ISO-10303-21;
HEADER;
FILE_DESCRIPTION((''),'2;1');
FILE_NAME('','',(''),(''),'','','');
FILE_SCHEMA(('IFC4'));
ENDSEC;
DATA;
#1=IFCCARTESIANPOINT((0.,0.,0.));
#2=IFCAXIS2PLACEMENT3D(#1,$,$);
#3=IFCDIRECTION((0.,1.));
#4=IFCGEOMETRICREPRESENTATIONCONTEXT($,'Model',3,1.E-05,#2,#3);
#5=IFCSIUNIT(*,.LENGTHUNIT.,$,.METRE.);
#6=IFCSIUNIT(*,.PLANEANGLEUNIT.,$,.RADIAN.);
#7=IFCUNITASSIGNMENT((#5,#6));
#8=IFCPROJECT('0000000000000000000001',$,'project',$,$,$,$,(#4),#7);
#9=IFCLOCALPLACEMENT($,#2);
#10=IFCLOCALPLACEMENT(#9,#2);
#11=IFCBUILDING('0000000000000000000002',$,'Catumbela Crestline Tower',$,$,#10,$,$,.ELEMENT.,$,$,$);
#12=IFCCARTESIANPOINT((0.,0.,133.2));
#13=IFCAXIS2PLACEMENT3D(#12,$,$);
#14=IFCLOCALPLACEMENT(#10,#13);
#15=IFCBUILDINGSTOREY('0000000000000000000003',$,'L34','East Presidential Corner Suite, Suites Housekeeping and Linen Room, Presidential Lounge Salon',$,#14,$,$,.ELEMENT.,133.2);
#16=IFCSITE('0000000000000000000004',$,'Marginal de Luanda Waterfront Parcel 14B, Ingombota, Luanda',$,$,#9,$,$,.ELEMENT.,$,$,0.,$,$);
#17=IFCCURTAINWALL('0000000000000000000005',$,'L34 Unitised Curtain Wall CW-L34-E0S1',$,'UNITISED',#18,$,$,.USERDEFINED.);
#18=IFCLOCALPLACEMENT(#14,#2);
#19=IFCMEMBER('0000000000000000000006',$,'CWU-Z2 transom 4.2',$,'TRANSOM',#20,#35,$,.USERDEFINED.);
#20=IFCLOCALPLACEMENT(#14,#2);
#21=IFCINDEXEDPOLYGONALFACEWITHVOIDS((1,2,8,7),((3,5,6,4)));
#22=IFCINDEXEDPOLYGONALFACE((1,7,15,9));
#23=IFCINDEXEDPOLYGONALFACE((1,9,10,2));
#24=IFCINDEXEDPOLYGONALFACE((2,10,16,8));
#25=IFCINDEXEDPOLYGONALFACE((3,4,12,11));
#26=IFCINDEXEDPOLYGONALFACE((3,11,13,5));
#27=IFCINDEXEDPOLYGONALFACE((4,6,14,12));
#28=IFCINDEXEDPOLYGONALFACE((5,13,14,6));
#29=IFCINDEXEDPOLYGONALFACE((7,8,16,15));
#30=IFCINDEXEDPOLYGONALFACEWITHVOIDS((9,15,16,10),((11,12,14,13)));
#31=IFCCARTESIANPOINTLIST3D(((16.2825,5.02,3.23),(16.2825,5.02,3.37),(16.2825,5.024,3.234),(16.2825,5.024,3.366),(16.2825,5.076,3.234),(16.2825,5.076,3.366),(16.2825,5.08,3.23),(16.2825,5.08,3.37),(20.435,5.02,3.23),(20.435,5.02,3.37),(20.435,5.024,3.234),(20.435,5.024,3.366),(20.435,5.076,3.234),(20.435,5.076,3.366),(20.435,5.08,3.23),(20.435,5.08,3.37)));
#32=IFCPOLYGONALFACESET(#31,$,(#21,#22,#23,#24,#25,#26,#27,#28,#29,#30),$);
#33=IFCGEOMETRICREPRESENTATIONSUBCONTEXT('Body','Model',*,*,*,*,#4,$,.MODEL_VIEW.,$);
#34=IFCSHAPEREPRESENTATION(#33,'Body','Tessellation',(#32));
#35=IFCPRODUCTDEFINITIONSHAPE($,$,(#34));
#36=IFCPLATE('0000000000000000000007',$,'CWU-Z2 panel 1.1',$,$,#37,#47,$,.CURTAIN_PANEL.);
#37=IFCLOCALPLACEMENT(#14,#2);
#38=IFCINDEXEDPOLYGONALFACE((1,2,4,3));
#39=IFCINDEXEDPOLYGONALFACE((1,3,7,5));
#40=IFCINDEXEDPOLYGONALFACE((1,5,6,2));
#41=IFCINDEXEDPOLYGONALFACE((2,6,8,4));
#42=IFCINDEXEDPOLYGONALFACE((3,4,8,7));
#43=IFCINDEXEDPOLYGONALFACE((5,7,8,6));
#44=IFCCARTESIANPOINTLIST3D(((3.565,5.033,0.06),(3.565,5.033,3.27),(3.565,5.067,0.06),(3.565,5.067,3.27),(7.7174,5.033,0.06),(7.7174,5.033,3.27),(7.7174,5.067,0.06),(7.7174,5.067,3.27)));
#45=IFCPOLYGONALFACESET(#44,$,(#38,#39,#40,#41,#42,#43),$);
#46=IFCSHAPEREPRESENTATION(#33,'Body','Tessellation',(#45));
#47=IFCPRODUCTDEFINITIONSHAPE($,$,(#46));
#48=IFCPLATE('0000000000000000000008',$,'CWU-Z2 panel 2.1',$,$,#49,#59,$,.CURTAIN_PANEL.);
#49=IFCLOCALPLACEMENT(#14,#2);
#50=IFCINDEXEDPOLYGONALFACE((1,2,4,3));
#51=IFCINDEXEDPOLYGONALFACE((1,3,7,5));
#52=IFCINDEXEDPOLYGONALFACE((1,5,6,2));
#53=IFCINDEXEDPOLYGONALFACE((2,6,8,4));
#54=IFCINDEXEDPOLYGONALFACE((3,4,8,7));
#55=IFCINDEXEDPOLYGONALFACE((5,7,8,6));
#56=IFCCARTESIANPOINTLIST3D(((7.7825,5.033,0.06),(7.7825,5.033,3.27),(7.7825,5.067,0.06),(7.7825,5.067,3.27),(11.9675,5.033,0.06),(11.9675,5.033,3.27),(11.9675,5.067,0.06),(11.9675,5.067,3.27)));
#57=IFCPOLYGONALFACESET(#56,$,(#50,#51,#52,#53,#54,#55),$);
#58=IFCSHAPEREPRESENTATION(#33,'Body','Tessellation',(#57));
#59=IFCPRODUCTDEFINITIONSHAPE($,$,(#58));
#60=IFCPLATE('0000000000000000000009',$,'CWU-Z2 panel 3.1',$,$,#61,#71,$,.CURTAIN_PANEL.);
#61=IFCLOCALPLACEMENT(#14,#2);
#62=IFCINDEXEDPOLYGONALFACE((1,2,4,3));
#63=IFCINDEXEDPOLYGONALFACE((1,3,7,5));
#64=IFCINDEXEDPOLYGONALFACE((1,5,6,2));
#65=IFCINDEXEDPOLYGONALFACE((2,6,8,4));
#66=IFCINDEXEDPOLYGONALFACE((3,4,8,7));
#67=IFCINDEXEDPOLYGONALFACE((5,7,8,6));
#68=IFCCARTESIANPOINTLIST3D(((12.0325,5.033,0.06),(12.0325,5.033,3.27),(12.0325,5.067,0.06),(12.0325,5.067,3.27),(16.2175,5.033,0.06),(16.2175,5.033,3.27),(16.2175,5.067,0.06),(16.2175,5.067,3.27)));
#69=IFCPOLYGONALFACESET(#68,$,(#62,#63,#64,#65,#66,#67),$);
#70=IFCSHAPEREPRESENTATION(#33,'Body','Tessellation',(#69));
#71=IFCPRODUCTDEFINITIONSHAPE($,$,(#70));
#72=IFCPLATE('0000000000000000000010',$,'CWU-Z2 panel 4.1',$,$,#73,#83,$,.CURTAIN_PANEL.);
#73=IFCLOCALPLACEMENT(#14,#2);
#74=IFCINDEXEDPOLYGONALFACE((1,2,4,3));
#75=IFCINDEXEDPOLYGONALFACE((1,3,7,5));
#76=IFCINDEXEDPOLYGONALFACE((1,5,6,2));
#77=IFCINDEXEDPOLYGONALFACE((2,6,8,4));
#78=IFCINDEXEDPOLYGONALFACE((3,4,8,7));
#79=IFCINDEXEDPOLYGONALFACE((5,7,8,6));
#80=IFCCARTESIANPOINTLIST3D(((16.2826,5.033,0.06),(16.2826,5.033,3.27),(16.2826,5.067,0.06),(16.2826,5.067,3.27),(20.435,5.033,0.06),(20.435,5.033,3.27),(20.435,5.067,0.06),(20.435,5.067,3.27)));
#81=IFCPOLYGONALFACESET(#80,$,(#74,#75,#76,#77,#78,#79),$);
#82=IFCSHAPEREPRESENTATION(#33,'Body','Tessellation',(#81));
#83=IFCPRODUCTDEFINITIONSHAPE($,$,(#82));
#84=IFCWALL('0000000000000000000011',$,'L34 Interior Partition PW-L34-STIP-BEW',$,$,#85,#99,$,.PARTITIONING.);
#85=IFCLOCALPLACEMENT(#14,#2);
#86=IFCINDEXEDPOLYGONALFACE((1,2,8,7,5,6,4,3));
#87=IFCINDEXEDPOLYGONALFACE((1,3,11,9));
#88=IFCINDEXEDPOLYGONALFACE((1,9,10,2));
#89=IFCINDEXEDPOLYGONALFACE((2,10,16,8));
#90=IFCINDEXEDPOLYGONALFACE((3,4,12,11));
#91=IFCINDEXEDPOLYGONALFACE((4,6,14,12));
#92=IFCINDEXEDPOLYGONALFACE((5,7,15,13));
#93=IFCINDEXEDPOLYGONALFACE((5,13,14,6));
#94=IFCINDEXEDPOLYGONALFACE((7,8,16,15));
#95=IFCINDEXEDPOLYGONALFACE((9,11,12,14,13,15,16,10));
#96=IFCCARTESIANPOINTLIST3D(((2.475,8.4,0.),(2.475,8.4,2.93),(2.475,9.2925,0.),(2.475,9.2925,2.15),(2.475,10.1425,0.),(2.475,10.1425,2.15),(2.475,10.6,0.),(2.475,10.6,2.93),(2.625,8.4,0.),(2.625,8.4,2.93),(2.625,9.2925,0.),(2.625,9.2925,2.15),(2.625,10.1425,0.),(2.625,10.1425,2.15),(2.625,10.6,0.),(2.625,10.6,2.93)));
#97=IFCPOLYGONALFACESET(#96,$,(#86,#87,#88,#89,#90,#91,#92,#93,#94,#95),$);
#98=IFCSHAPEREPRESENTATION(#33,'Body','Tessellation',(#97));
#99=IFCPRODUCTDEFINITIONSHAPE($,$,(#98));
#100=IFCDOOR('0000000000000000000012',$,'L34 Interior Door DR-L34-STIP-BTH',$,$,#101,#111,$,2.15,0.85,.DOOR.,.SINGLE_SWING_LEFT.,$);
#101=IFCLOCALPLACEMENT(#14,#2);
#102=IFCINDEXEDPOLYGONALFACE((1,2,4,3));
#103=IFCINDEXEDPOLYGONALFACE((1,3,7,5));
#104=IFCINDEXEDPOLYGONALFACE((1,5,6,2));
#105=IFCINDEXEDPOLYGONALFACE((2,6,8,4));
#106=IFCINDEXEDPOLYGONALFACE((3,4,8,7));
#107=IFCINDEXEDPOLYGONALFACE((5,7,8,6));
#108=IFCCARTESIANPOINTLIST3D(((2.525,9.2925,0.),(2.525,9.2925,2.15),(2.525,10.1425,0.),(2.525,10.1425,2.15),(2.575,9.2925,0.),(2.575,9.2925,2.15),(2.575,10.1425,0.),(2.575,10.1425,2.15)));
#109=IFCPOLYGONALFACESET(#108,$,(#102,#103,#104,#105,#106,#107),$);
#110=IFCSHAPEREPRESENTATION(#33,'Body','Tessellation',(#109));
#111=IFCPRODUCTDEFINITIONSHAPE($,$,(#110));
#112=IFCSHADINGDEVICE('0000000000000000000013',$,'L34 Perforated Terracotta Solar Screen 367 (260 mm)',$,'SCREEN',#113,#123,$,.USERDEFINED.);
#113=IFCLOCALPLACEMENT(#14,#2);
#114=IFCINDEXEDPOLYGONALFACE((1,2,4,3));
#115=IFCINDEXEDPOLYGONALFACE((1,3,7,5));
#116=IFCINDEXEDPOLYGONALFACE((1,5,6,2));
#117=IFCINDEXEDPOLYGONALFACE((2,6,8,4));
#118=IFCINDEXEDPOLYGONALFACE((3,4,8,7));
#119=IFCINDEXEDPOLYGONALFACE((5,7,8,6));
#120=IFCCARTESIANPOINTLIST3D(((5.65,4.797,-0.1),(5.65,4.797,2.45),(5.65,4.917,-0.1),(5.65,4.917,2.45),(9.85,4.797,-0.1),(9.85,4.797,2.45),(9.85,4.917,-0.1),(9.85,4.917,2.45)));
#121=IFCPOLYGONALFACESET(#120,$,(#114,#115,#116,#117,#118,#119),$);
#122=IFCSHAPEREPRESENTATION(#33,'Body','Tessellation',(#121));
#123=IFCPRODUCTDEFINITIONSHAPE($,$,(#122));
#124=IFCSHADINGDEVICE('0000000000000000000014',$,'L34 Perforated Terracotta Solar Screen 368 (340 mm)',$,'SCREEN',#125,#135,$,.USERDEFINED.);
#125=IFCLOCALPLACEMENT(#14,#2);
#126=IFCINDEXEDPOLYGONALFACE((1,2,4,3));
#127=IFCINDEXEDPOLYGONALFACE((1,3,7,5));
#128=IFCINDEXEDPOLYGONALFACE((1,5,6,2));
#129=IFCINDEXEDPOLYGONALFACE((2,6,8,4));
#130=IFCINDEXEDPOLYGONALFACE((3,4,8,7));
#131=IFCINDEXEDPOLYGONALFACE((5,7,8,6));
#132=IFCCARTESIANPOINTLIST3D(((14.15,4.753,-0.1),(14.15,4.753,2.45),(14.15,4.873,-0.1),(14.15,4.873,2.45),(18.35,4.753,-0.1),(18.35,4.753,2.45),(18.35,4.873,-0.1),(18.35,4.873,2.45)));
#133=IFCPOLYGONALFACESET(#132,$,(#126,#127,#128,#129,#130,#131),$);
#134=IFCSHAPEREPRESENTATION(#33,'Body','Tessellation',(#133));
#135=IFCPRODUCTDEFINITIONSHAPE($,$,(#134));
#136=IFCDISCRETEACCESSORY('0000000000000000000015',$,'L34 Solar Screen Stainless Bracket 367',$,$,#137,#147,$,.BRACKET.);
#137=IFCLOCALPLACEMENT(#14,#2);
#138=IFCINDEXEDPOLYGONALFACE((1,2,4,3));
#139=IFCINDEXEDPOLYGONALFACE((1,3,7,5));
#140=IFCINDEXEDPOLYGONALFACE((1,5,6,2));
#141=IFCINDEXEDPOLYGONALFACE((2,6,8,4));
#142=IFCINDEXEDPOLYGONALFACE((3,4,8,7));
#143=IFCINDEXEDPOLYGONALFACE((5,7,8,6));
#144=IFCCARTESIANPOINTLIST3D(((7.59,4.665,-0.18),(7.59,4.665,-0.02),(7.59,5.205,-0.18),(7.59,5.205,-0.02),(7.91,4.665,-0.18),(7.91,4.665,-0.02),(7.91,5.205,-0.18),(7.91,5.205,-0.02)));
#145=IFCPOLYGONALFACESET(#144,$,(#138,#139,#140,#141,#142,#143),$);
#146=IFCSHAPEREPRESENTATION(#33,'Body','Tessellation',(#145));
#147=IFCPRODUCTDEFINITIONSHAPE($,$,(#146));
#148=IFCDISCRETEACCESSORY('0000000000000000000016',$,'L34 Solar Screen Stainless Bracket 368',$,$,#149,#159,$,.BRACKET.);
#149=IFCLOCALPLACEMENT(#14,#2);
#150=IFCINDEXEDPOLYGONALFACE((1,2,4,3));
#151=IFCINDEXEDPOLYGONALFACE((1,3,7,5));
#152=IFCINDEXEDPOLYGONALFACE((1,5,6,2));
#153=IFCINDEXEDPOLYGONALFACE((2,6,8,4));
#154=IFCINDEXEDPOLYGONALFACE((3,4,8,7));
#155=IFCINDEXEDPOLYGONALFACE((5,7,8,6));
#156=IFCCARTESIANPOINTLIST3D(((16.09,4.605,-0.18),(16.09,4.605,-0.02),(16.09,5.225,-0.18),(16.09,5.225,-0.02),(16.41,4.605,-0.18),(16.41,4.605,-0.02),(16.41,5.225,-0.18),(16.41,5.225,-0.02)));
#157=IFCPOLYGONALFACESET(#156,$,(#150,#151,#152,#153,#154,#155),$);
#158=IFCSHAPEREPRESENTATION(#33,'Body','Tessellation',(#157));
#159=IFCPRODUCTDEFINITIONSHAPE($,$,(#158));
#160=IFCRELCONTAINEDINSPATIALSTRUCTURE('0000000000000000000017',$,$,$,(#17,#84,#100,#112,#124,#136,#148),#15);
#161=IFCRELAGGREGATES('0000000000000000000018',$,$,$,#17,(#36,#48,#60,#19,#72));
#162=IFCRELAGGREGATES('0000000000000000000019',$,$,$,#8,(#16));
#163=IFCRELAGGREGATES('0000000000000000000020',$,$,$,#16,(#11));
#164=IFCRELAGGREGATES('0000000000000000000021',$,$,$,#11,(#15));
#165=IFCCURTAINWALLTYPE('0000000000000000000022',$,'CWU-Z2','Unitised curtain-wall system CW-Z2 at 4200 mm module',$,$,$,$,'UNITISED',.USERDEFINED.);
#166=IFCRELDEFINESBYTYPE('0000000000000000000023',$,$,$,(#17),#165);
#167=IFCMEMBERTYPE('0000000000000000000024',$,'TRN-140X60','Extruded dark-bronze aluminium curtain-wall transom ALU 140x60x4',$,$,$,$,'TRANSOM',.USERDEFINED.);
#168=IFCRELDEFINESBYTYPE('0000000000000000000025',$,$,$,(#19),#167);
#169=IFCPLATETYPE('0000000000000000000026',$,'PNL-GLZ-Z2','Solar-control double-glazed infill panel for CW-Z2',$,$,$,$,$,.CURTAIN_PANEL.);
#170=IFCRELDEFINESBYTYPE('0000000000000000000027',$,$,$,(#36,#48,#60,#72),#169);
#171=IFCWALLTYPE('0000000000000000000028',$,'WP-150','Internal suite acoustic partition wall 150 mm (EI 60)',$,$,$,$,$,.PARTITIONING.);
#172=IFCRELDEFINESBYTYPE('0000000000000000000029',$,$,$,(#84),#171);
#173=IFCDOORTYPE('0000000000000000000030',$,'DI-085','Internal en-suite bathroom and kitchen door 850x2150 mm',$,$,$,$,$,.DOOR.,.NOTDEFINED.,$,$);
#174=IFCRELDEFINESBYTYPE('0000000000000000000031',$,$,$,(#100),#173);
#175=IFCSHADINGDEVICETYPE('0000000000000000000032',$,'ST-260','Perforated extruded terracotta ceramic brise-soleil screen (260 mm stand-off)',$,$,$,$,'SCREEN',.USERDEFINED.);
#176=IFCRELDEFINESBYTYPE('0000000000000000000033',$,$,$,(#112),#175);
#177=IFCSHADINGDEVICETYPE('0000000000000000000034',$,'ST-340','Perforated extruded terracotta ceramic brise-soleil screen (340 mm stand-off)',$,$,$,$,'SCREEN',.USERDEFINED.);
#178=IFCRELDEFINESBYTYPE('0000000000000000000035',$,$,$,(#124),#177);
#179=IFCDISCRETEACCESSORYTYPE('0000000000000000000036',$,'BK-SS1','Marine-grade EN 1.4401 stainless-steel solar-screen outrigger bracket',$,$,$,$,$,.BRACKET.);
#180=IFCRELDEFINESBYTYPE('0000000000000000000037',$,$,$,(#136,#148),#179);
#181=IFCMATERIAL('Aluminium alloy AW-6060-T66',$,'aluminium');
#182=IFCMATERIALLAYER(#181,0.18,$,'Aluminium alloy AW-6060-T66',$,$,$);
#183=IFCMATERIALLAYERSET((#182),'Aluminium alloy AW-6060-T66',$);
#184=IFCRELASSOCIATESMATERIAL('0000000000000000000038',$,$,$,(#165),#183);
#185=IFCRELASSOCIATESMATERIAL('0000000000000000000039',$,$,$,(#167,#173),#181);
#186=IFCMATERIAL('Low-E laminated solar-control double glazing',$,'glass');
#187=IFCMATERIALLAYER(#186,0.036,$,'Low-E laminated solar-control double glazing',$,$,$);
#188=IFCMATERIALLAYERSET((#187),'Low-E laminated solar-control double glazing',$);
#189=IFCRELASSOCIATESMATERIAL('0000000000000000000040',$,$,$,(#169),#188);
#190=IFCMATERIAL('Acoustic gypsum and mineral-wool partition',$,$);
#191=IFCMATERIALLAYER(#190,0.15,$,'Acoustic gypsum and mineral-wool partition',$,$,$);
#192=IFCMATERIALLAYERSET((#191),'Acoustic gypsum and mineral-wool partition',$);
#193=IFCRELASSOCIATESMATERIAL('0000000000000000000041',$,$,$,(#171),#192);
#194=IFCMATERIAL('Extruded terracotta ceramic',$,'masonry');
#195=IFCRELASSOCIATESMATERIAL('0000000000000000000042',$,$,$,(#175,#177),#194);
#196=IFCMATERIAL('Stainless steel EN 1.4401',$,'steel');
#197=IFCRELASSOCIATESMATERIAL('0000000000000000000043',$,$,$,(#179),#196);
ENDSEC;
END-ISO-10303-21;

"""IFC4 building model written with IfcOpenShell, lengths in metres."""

from ifc_helpers import new_model, si_unit, direction, frame, frame_2d, origin, origin_2d, place, context, subcontext, project, spatial, rectangle, hollow_rectangle, extrude, material, layer, layer_set, material_profile, profile_set, type_object, element, fill, aggregate, save


model = new_model("IFC4")

# Units and contexts
model_context = context("Model", 3, precision=1e-05, world=origin(), true_north=direction((0.0, 1.0)))
body_context = subcontext(model_context, "Body", "Model", "MODEL_VIEW")
ifc_project = project(units=[si_unit("LENGTHUNIT", "METRE"), si_unit("PLANEANGLEUNIT", "RADIAN")], contexts=[model_context])

# Site, building, storey
site_placement = place(None, origin())
site = spatial("IfcSite", under=ifc_project, at=site_placement, Name="Marginal de Luanda Waterfront Parcel 14B, Ingombota, Luanda", CompositionType="ELEMENT", RefElevation=0.0)
building_placement = place(site_placement, origin())
building = spatial("IfcBuilding", under=site, at=building_placement, Name="Catumbela Crestline Tower", CompositionType="ELEMENT")
storey_placement = place(building_placement, frame((0.0, 0.0, 133.2)))
storey = spatial("IfcBuildingStorey", under=building, at=storey_placement, Name="L34", Description="East Presidential Corner Suite, Suites Housekeeping and Linen Room, Presidential Lounge Salon", CompositionType="ELEMENT", Elevation=133.2)

# Curtain wall, member, plates
ifc_material_1 = material(Name="Aluminium alloy AW-6060-T66", Category="aluminium")
ifc_layer_1 = layer(ifc_material_1, 0.18, Name="Aluminium alloy AW-6060-T66")
ifc_layer_set_1 = layer_set([ifc_layer_1], Name="Aluminium alloy AW-6060-T66")
curtain_wall_type = type_object("IfcCurtainWallType", Name="CWU-Z2", Description="Unitised curtain-wall system CW-Z2 at 4200 mm module", ElementType="UNITISED", PredefinedType="USERDEFINED", material=ifc_layer_set_1)
curtain_wall_placement = place(storey_placement, origin())
curtain_wall = element("IfcCurtainWall", 1, at=curtain_wall_placement, inside=storey, type_object=curtain_wall_type, Name="L34 Unitised Curtain Wall CW-L34-E0S1", ObjectType="UNITISED", PredefinedType="USERDEFINED")
ifc_material_profile_1 = material_profile(ifc_material_1, hollow_rectangle(XDim=0.06, YDim=0.14, WallThickness=0.004, at=origin_2d()), Name="ALU 140x60x4")
ifc_profile_set_1 = profile_set([ifc_material_profile_1], Name="Aluminium alloy AW-6060-T66")
member_type_1 = type_object("IfcMemberType", Name="TRN-140X60", Description="Extruded dark-bronze aluminium curtain-wall transom ALU 140x60x4", ElementType="TRANSOM", PredefinedType="USERDEFINED", material=ifc_profile_set_1)
member_1_placement = place(storey_placement, frame((16.2825, 5.05, 3.3), z_axis=(1.0, 0.0, 0.0), x_axis=(0.0, 1.0, 0.0)))
member_1 = element("IfcMember", 2, at=member_1_placement, type_object=member_type_1, Name="CWU-Z2 transom 4.2", ObjectType="TRANSOM", PredefinedType="USERDEFINED", context=body_context, shape_type="SweptSolid", body=[
    extrude(hollow_rectangle(XDim=0.06, YDim=0.14, WallThickness=0.004, at=origin_2d()), origin(), (0.0, 0.0, 1.0), 4.1525),
])
ifc_material_2 = material(Name="Low-E laminated solar-control double glazing", Category="glass")
ifc_layer_2 = layer(ifc_material_2, 0.036, Name="Low-E laminated solar-control double glazing")
ifc_layer_set_2 = layer_set([ifc_layer_2], Name="Low-E laminated solar-control double glazing")
plate_type = type_object("IfcPlateType", Name="PNL-GLZ-Z2", Description="Solar-control double-glazed infill panel for CW-Z2", PredefinedType="CURTAIN_PANEL", material=ifc_layer_set_2)
plate_1_placement = place(storey_placement, frame((5.6412, 5.05, 0.06), z_axis=(0.0, 0.0, 1.0), x_axis=(1.0, 0.0, 0.0)))
plate_1 = element("IfcPlate", 3, at=plate_1_placement, type_object=plate_type, Name="CWU-Z2 panel 1.1", PredefinedType="CURTAIN_PANEL", context=body_context, shape_type="SweptSolid", body=[
    extrude(rectangle(XDim=4.1525, YDim=0.034, at=origin_2d()), origin(), (0.0, 0.0, 1.0), 3.21),
])
plate_2_placement = place(storey_placement, frame((9.875, 5.05, 0.06), z_axis=(0.0, 0.0, 1.0), x_axis=(1.0, 0.0, 0.0)))
plate_2 = element("IfcPlate", 4, at=plate_2_placement, type_object=plate_type, Name="CWU-Z2 panel 2.1", PredefinedType="CURTAIN_PANEL", context=body_context, shape_type="SweptSolid", body=[
    extrude(rectangle(XDim=4.185, YDim=0.034, at=origin_2d()), origin(), (0.0, 0.0, 1.0), 3.21),
])
plate_3_placement = place(storey_placement, frame((14.125, 5.05, 0.06), z_axis=(0.0, 0.0, 1.0), x_axis=(1.0, 0.0, 0.0)))
plate_3 = element("IfcPlate", 5, at=plate_3_placement, type_object=plate_type, Name="CWU-Z2 panel 3.1", PredefinedType="CURTAIN_PANEL", context=body_context, shape_type="SweptSolid", body=[
    extrude(rectangle(XDim=4.185, YDim=0.034, at=origin_2d()), origin(), (0.0, 0.0, 1.0), 3.21),
])
plate_4_placement = place(storey_placement, frame((18.3588, 5.05, 0.06), z_axis=(0.0, 0.0, 1.0), x_axis=(1.0, 0.0, 0.0)))
plate_4 = element("IfcPlate", 6, at=plate_4_placement, type_object=plate_type, Name="CWU-Z2 panel 4.1", PredefinedType="CURTAIN_PANEL", context=body_context, shape_type="SweptSolid", body=[
    extrude(rectangle(XDim=4.1525, YDim=0.034, at=origin_2d()), origin(), (0.0, 0.0, 1.0), 3.21),
])
aggregate(curtain_wall, [plate_1, plate_2, plate_3, member_1, plate_4])

# Wall, opening, door
ifc_material_3 = material(Name="Acoustic gypsum and mineral-wool partition")
ifc_layer_3 = layer(ifc_material_3, 0.15, Name="Acoustic gypsum and mineral-wool partition")
ifc_layer_set_3 = layer_set([ifc_layer_3], Name="Acoustic gypsum and mineral-wool partition")
wall_type = type_object("IfcWallType", Name="WP-150", Description="Internal suite acoustic partition wall 150 mm (EI 60)", PredefinedType="PARTITIONING", material=ifc_layer_set_3)
wall_placement = place(storey_placement, frame((2.55, 8.4, 0.0), z_axis=(0.0, 0.0, 1.0), x_axis=(0.0, 1.0, 0.0)))
wall = element("IfcWall", 7, at=wall_placement, inside=storey, type_object=wall_type, Name="L34 Interior Partition PW-L34-STIP-BEW", PredefinedType="PARTITIONING", context=body_context, shape_type="SweptSolid", body=[
    extrude(rectangle(XDim=2.2, YDim=0.15, at=frame_2d((1.1, 0.0))), origin(), (0.0, 0.0, 1.0), 2.93),
])
opening_placement = place(wall_placement, frame((0.8925, 0.0, 0.0)))
opening = element("IfcOpeningElement", 8, at=opening_placement, cuts=wall, PredefinedType="OPENING", context=body_context, shape_type="SweptSolid", body=[
    extrude(rectangle(XDim=0.85, YDim=2.15, at=frame_2d((0.425, 1.075))), frame((0.0, 0.085, 0.0), z_axis=(0.0, -1.0, 0.0), x_axis=(1.0, 0.0, 0.0)), (0.0, 0.0, 1.0), 0.17),
])
door_type = type_object("IfcDoorType", Name="DI-085", Description="Internal en-suite bathroom and kitchen door 850x2150 mm", OperationType="NOTDEFINED", PredefinedType="DOOR", material=ifc_material_1)
door_placement = place(opening_placement, origin())
door = element("IfcDoor", 9, at=door_placement, inside=storey, type_object=door_type, Name="L34 Interior Door DR-L34-STIP-BTH", OperationType="SINGLE_SWING_LEFT", OverallHeight=2.15, OverallWidth=0.85, PredefinedType="DOOR", context=body_context, shape_type="SweptSolid", body=[
    extrude(rectangle(XDim=0.85, YDim=2.15, at=frame_2d((0.425, 1.075))), frame((0.0, 0.025, 0.0), z_axis=(0.0, -1.0, 0.0), x_axis=(1.0, 0.0, 0.0)), (0.0, 0.0, 1.0), 0.05),
])
fill(opening, door)

# Shading devices
ifc_material_4 = material(Name="Extruded terracotta ceramic", Category="masonry")
shading_device_type_1 = type_object("IfcShadingDeviceType", Name="ST-260", Description="Perforated extruded terracotta ceramic brise-soleil screen (260 mm stand-off)", ElementType="SCREEN", PredefinedType="USERDEFINED", material=ifc_material_4)
shading_device_1_placement = place(storey_placement, frame((7.75, 4.857, -0.1), z_axis=(0.0, 0.0, 1.0), x_axis=(1.0, 0.0, 0.0)))
element("IfcShadingDevice", 10, at=shading_device_1_placement, inside=storey, type_object=shading_device_type_1, Name="L34 Perforated Terracotta Solar Screen 367 (260 mm)", ObjectType="SCREEN", PredefinedType="USERDEFINED", context=body_context, shape_type="SweptSolid", body=[
    extrude(rectangle(XDim=4.2, YDim=0.12, at=origin_2d()), origin(), (0.0, 0.0, 1.0), 2.55),
])
shading_device_type_2 = type_object("IfcShadingDeviceType", Name="ST-340", Description="Perforated extruded terracotta ceramic brise-soleil screen (340 mm stand-off)", ElementType="SCREEN", PredefinedType="USERDEFINED", material=ifc_material_4)
shading_device_2_placement = place(storey_placement, frame((16.25, 4.813, -0.1), z_axis=(0.0, 0.0, 1.0), x_axis=(1.0, 0.0, 0.0)))
element("IfcShadingDevice", 11, at=shading_device_2_placement, inside=storey, type_object=shading_device_type_2, Name="L34 Perforated Terracotta Solar Screen 368 (340 mm)", ObjectType="SCREEN", PredefinedType="USERDEFINED", context=body_context, shape_type="SweptSolid", body=[
    extrude(rectangle(XDim=4.2, YDim=0.12, at=origin_2d()), origin(), (0.0, 0.0, 1.0), 2.55),
])

# Discrete accessories
ifc_material_5 = material(Name="Stainless steel EN 1.4401", Category="steel")
discrete_accessory_type = type_object("IfcDiscreteAccessoryType", Name="BK-SS1", Description="Marine-grade EN 1.4401 stainless-steel solar-screen outrigger bracket", PredefinedType="BRACKET", material=ifc_material_5)
discrete_accessory_1_placement = place(storey_placement, frame((7.75, 4.935, -0.18), z_axis=(0.0, 0.0, 1.0), x_axis=(1.0, 0.0, 0.0)))
element("IfcDiscreteAccessory", 12, at=discrete_accessory_1_placement, inside=storey, type_object=discrete_accessory_type, Name="L34 Solar Screen Stainless Bracket 367", PredefinedType="BRACKET", context=body_context, shape_type="SweptSolid", body=[
    extrude(rectangle(XDim=0.32, YDim=0.54, at=origin_2d()), origin(), (0.0, 0.0, 1.0), 0.16),
])
discrete_accessory_2_placement = place(storey_placement, frame((16.25, 4.915, -0.18), z_axis=(0.0, 0.0, 1.0), x_axis=(1.0, 0.0, 0.0)))
element("IfcDiscreteAccessory", 13, at=discrete_accessory_2_placement, inside=storey, type_object=discrete_accessory_type, Name="L34 Solar Screen Stainless Bracket 368", PredefinedType="BRACKET", context=body_context, shape_type="SweptSolid", body=[
    extrude(rectangle(XDim=0.32, YDim=0.62, at=origin_2d()), origin(), (0.0, 0.0, 1.0), 0.16),
])

save(model, "model.ifc")
